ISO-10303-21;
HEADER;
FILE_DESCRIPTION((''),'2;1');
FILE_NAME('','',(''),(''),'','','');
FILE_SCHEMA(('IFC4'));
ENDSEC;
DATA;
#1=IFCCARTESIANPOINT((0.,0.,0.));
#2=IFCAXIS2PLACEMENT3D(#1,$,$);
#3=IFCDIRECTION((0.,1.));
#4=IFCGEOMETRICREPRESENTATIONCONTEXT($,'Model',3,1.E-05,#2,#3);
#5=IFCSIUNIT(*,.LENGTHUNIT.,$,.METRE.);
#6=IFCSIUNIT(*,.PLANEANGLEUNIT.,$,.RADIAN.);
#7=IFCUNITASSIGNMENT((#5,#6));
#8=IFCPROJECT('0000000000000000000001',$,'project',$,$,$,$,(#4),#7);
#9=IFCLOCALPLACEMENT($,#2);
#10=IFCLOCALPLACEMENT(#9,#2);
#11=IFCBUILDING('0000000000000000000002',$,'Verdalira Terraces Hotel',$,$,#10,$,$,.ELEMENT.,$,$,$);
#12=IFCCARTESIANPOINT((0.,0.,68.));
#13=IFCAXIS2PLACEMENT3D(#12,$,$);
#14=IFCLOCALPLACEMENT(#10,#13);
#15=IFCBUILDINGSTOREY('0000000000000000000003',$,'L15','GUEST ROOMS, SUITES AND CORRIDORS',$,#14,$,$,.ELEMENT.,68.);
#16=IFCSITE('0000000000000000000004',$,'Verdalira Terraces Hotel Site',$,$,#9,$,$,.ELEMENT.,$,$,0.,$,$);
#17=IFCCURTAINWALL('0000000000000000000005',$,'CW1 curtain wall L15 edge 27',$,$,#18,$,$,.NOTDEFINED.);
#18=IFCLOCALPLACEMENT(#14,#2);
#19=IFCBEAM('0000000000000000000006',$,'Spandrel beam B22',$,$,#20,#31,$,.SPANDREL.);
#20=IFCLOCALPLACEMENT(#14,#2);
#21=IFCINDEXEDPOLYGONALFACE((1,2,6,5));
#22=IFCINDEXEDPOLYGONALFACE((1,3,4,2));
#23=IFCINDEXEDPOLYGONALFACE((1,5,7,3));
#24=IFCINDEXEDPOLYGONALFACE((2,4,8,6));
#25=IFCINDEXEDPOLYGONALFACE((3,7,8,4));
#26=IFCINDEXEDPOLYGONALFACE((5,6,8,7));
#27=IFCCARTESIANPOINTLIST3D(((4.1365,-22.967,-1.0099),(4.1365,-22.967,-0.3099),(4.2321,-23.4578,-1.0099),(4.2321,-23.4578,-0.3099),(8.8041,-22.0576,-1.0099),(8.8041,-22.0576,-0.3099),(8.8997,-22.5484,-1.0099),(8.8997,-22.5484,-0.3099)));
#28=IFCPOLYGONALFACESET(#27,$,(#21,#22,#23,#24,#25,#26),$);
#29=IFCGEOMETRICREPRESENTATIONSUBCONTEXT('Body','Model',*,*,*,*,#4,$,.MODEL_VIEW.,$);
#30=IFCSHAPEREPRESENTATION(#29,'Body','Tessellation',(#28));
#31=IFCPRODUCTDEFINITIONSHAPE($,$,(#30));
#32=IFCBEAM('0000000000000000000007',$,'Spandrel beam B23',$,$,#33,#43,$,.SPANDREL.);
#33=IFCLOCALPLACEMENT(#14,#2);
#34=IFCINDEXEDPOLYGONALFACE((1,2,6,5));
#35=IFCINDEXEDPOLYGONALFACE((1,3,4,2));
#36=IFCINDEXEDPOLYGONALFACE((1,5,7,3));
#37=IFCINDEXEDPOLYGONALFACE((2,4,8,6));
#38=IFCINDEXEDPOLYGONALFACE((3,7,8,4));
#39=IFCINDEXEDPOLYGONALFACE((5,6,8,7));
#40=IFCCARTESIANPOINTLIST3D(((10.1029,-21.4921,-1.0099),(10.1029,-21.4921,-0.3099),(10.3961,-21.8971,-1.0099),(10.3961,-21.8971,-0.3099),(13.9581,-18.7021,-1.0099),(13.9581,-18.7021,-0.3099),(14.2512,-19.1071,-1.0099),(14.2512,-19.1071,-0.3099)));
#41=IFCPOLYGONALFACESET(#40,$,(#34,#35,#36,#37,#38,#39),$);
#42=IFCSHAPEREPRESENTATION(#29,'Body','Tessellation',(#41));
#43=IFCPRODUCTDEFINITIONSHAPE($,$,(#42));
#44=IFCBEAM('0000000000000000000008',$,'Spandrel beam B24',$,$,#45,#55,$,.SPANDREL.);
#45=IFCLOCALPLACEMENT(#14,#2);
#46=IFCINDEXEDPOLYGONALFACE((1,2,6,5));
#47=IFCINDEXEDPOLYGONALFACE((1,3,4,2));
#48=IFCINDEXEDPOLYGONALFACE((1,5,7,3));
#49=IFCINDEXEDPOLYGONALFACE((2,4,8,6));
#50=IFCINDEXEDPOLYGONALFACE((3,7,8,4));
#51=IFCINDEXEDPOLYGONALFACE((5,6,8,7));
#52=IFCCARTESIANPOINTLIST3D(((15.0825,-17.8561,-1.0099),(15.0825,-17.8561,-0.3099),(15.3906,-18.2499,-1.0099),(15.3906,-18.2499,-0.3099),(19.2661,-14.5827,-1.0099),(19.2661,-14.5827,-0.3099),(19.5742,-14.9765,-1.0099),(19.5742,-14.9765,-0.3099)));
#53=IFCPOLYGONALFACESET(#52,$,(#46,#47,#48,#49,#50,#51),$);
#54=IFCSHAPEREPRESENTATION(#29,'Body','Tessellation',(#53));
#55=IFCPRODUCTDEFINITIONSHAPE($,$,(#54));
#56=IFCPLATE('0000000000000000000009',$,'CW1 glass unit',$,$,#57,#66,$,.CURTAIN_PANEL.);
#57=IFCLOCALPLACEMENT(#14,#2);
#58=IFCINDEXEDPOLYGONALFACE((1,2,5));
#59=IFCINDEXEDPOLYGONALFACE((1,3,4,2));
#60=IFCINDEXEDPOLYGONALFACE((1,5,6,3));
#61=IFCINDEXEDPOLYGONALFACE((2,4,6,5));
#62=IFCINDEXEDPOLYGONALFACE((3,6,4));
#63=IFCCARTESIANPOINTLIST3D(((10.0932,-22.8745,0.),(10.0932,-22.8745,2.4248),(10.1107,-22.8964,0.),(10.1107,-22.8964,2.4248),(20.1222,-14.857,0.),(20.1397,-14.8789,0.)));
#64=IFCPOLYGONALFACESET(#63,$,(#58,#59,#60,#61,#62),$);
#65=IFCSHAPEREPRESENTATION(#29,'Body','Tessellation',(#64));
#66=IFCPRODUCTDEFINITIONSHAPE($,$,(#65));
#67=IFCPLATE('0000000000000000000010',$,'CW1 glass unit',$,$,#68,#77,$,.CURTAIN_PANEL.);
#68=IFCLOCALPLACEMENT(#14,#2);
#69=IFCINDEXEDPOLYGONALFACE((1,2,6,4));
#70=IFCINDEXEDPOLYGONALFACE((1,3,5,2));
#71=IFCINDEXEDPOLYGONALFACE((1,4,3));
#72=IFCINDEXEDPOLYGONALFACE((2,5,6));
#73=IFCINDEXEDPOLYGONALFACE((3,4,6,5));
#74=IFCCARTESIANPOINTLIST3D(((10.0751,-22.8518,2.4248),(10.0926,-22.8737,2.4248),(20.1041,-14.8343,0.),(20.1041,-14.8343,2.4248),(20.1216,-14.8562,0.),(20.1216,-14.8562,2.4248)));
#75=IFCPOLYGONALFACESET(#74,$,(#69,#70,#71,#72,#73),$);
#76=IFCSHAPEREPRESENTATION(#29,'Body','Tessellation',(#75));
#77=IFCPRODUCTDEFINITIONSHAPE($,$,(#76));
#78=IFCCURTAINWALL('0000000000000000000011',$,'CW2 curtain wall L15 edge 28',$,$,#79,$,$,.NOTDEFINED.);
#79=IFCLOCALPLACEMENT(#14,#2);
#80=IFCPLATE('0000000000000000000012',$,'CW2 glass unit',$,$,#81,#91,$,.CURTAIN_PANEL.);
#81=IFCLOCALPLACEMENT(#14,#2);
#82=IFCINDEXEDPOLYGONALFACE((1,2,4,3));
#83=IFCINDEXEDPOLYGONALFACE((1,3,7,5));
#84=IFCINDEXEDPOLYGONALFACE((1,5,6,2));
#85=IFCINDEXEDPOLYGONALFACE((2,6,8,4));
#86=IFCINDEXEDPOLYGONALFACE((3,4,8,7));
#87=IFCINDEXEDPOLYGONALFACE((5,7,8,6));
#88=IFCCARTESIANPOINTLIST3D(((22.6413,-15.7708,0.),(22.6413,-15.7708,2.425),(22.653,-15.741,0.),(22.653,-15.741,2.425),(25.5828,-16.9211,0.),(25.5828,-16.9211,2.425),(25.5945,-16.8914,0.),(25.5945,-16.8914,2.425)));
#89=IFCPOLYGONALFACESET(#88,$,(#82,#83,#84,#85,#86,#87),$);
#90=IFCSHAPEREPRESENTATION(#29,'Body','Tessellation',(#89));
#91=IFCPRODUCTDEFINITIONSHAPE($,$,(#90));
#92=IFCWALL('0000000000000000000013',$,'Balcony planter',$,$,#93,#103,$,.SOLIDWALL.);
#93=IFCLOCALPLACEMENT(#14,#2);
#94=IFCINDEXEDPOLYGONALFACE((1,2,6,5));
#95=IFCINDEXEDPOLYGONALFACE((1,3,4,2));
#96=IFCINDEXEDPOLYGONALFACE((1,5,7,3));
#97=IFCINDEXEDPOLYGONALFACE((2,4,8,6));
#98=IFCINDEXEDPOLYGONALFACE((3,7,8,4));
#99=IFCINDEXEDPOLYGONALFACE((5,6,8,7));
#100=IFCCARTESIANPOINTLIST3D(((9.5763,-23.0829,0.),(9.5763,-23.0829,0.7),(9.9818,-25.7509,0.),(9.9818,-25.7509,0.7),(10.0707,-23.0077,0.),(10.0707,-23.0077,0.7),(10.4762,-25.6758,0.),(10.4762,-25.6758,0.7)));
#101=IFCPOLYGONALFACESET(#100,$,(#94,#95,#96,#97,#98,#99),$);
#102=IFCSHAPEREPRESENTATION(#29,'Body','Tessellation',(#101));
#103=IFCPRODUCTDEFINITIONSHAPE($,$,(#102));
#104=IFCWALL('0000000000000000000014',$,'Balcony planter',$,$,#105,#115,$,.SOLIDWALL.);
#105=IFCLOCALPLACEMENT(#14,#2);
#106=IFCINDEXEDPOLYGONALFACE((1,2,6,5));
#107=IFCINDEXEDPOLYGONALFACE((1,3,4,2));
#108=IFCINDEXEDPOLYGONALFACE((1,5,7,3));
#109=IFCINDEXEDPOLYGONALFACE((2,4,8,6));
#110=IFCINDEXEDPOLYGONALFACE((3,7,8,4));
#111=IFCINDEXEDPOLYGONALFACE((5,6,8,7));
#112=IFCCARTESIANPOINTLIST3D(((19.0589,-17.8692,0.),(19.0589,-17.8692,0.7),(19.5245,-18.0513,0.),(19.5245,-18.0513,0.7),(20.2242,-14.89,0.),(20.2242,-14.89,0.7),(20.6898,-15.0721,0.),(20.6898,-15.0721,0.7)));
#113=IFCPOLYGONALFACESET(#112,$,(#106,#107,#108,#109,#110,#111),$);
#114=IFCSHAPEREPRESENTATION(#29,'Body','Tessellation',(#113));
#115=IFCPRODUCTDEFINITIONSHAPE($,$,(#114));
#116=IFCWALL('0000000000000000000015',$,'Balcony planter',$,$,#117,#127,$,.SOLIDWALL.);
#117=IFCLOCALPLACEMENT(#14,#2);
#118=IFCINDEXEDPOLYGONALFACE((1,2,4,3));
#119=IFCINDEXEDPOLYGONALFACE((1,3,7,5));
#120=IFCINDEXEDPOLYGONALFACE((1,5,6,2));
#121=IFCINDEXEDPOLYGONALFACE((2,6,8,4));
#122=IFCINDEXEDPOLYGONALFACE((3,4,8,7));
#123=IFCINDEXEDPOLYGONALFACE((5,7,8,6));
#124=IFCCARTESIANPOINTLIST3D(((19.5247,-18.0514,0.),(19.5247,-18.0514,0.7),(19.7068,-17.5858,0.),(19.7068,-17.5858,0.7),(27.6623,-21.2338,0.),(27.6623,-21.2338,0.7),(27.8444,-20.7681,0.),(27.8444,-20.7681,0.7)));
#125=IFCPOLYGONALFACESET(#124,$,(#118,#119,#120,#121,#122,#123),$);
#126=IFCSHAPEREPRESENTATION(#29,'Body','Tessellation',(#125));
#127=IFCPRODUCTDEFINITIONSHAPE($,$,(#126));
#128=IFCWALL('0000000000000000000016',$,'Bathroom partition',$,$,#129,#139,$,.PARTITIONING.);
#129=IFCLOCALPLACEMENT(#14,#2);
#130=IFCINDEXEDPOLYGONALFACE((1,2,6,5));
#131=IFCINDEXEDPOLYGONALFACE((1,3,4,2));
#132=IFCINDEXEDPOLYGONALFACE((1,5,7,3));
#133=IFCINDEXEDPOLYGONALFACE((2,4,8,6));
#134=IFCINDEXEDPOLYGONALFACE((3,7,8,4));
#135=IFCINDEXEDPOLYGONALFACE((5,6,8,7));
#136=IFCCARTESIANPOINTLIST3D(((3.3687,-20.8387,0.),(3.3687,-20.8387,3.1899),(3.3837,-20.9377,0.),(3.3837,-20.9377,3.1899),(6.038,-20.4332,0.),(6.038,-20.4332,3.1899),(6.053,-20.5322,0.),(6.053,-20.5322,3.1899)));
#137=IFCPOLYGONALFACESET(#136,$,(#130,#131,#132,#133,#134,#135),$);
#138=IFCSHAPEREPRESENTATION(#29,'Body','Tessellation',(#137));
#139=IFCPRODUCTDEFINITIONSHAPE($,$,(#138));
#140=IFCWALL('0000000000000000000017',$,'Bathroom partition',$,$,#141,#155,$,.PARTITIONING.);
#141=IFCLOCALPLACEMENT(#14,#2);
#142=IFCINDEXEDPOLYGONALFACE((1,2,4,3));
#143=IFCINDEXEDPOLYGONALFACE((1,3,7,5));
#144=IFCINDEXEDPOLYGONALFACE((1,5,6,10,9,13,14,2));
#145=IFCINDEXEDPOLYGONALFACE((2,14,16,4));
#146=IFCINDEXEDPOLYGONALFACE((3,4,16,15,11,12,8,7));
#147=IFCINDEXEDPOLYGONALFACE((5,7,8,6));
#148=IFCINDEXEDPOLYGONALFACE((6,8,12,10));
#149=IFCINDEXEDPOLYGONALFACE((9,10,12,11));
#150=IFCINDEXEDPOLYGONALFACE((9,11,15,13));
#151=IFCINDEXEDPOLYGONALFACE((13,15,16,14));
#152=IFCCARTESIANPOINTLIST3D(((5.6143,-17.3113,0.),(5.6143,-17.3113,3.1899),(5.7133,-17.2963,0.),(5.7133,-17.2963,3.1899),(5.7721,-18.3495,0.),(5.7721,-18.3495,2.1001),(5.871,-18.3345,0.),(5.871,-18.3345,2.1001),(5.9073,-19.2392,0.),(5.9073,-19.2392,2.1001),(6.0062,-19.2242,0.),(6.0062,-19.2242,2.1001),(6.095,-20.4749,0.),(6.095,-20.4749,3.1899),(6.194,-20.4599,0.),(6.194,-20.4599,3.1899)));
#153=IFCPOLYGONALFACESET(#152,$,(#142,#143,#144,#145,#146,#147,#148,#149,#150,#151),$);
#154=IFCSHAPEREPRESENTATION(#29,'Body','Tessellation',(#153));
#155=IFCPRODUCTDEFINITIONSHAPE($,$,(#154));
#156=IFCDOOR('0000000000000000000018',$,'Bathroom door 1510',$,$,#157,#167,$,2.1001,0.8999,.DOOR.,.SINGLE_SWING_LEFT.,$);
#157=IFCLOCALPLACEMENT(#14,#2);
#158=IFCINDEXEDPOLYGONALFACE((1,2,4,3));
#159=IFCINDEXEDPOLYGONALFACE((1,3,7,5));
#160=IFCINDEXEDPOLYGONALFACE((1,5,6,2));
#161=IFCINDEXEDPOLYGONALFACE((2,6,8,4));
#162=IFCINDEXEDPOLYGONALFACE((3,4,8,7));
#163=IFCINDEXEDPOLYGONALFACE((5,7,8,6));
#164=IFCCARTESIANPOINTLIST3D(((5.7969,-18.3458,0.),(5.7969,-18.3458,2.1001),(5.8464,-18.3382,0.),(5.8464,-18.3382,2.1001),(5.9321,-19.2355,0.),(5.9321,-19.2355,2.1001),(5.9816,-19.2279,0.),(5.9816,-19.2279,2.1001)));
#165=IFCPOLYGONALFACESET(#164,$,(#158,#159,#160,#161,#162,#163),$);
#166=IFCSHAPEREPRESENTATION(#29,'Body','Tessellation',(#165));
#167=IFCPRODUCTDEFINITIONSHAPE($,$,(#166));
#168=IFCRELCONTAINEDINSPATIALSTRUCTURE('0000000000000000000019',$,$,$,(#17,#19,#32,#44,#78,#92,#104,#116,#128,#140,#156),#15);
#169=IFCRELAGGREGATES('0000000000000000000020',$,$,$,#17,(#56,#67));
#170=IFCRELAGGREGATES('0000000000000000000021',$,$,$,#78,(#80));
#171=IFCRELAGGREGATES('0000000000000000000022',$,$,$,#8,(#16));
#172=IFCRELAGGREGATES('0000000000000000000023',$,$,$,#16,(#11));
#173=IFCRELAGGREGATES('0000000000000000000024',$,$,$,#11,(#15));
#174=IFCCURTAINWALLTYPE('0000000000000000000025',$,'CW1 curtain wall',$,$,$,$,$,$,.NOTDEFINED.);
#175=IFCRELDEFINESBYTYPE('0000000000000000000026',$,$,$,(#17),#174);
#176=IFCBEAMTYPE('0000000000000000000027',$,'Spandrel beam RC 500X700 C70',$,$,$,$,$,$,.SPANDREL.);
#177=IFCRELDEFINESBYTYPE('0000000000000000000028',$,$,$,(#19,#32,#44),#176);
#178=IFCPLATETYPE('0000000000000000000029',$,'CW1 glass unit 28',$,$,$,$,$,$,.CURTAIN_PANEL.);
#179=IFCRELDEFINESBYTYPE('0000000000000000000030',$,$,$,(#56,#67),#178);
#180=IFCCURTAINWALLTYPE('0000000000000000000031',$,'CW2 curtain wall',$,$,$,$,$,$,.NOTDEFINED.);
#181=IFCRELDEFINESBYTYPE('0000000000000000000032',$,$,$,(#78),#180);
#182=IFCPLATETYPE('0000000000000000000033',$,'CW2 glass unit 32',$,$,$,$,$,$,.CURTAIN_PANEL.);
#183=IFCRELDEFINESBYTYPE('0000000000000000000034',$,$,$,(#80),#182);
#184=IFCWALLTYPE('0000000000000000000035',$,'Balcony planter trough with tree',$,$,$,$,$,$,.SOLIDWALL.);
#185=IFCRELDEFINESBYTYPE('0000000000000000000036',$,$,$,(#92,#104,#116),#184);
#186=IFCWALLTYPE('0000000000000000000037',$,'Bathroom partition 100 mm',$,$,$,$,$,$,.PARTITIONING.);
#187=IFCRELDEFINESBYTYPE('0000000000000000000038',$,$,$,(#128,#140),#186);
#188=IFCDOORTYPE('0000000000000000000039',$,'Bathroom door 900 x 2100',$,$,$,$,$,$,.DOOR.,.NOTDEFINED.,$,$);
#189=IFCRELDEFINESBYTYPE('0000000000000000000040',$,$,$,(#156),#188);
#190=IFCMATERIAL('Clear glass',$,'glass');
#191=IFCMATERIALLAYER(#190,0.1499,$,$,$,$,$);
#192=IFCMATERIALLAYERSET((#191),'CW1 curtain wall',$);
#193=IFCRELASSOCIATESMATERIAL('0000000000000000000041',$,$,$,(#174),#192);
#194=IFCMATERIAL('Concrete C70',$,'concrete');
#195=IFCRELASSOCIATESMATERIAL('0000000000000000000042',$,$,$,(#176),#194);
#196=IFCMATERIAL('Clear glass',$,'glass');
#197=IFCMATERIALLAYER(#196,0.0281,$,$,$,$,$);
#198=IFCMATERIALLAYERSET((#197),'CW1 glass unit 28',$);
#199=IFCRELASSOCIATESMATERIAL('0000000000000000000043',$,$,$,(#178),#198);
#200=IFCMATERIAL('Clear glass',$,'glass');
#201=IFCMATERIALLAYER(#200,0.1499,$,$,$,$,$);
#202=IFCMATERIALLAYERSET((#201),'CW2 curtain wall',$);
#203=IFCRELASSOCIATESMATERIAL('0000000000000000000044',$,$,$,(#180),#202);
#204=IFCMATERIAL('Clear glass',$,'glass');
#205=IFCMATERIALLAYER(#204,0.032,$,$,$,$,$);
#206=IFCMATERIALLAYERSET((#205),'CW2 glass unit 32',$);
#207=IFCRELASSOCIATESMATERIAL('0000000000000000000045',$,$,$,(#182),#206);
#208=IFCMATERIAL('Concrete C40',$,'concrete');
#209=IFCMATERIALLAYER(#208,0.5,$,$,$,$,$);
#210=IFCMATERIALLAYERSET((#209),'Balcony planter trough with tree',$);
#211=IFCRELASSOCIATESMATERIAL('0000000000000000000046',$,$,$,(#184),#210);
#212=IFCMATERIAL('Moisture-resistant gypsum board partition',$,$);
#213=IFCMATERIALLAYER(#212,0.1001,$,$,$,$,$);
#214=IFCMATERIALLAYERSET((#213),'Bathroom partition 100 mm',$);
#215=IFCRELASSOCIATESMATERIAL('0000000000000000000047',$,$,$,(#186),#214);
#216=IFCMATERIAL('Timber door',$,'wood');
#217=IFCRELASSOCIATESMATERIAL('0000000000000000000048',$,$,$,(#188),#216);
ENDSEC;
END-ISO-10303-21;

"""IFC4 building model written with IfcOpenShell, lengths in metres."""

from ifc_helpers import new_model, si_unit, direction, frame, frame_2d, origin, origin_2d, place, context, subcontext, project, spatial, polyline, rectangle, outline, extrude, material, layer, layer_set, material_profile, profile_set, type_object, element, fill, aggregate, save


model = new_model("IFC4")

# Units and contexts
model_context = context("Model", 3, precision=1e-05, world=origin(), true_north=direction((0.0, 1.0)))
body_context = subcontext(model_context, "Body", "Model", "MODEL_VIEW")
ifc_project = project(units=[si_unit("LENGTHUNIT", "METRE"), si_unit("PLANEANGLEUNIT", "RADIAN")], contexts=[model_context])

# Site, building, storey
site_placement = place(None, origin())
site = spatial("IfcSite", under=ifc_project, at=site_placement, Name="Verdalira Terraces Hotel Site", CompositionType="ELEMENT", RefElevation=0.0)
building_placement = place(site_placement, origin())
building = spatial("IfcBuilding", under=site, at=building_placement, Name="Verdalira Terraces Hotel", CompositionType="ELEMENT")
storey_placement = place(building_placement, frame((0.0, 0.0, 68.0)))
storey = spatial("IfcBuildingStorey", under=building, at=storey_placement, Name="L15", Description="GUEST ROOMS, SUITES AND CORRIDORS", CompositionType="ELEMENT", Elevation=68.0)

# Shared definitions
ifc_material_1 = material(Name="Clear glass", Category="glass")
ifc_layer_1 = layer(ifc_material_1, 0.1499)
ifc_layer_set_1 = layer_set([ifc_layer_1], Name="CW1 curtain wall")
curtain_wall_type_1 = type_object("IfcCurtainWallType", Name="CW1 curtain wall", PredefinedType="NOTDEFINED", material=ifc_layer_set_1)

# Curtain wall
curtain_wall_1_placement = place(storey_placement, origin())
curtain_wall_1 = element("IfcCurtainWall", 1, at=curtain_wall_1_placement, inside=storey, type_object=curtain_wall_type_1, Name="CW1 curtain wall L15 edge 27", PredefinedType="NOTDEFINED")

# Beams
ifc_material_2 = material(Name="Concrete C70", Category="concrete")
ifc_material_profile_1 = material_profile(ifc_material_2, rectangle(XDim=0.5, YDim=0.7, at=origin_2d()), Name="RC 500X700")
ifc_profile_set_1 = profile_set([ifc_material_profile_1], Name="Concrete C70")
beam_type_1 = type_object("IfcBeamType", Name="Spandrel beam RC 500X700 C70", PredefinedType="SPANDREL", material=ifc_profile_set_1)
beam_1_placement = place(storey_placement, frame((4.1843, -23.2124, -0.6599), z_axis=(0.981544, 0.191237, 0.0), x_axis=(-0.191237, 0.981544, 0.0)))
element("IfcBeam", 2, at=beam_1_placement, inside=storey, type_object=beam_type_1, Name="Spandrel beam B22", PredefinedType="SPANDREL", context=body_context, shape_type="SweptSolid", body=[
    extrude(rectangle(XDim=0.5, YDim=0.7, at=origin_2d()), origin(), (0.0, 0.0, 1.0), 4.7554),
])
beam_2_placement = place(storey_placement, frame((10.2495, -21.6946, -0.6599), z_axis=(0.810109, 0.586279, 0.0), x_axis=(-0.586279, 0.810109, 0.0)))
element("IfcBeam", 3, at=beam_2_placement, inside=storey, type_object=beam_type_1, Name="Spandrel beam B23", PredefinedType="SPANDREL", context=body_context, shape_type="SweptSolid", body=[
    extrude(rectangle(XDim=0.5, YDim=0.7, at=origin_2d()), origin(), (0.0, 0.0, 1.0), 4.7588),
])
beam_3_placement = place(storey_placement, frame((15.2366, -18.053, -0.6599), z_axis=(0.787567, 0.616229, 0.0), x_axis=(-0.616229, 0.787567, 0.0)))
element("IfcBeam", 4, at=beam_3_placement, inside=storey, type_object=beam_type_1, Name="Spandrel beam B24", PredefinedType="SPANDREL", context=body_context, shape_type="SweptSolid", body=[
    extrude(rectangle(XDim=0.5, YDim=0.7, at=origin_2d()), origin(), (0.0, 0.0, 1.0), 5.312),
])

# Plates
ifc_material_3 = material(Name="Clear glass", Category="glass")
ifc_layer_2 = layer(ifc_material_3, 0.0281)
ifc_layer_set_2 = layer_set([ifc_layer_2], Name="CW1 glass unit 28")
plate_type_1 = type_object("IfcPlateType", Name="CW1 glass unit 28", PredefinedType="CURTAIN_PANEL", material=ifc_layer_set_2)
plate_1_placement = place(storey_placement, frame((15.1077, -18.8657, 1.2124), z_axis=(0.624425, -0.781085, 0.0), x_axis=(0.781085, 0.624425, 0.0)))
plate_1 = element("IfcPlate", 5, at=plate_1_placement, type_object=plate_type_1, Name="CW1 glass unit", PredefinedType="CURTAIN_PANEL", context=body_context, shape_type="SweptSolid", body=[
    extrude(outline(polyline([(-6.4199, -1.2124), (6.4199, -1.2124), (-6.4199, 1.2124), (-6.4199, -1.2124)])), origin(), (0.0, 0.0, 1.0), 0.0281),
])
plate_2_placement = place(storey_placement, frame((15.0896, -18.843, 1.2124), z_axis=(0.624425, -0.781085, 0.0), x_axis=(0.781085, 0.624425, 0.0)))
plate_2 = element("IfcPlate", 6, at=plate_2_placement, type_object=plate_type_1, Name="CW1 glass unit", PredefinedType="CURTAIN_PANEL", context=body_context, shape_type="SweptSolid", body=[
    extrude(outline(polyline([(6.4199, -1.2124), (6.4199, 1.2124), (-6.4199, 1.2124), (6.4199, -1.2124)])), origin(), (0.0, 0.0, 1.0), 0.0281),
])
aggregate(curtain_wall_1, [plate_1, plate_2])

# Curtain wall, plate
ifc_material_4 = material(Name="Clear glass", Category="glass")
ifc_layer_3 = layer(ifc_material_4, 0.1499)
ifc_layer_set_3 = layer_set([ifc_layer_3], Name="CW2 curtain wall")
curtain_wall_type_2 = type_object("IfcCurtainWallType", Name="CW2 curtain wall", PredefinedType="NOTDEFINED", material=ifc_layer_set_3)
curtain_wall_2_placement = place(storey_placement, origin())
curtain_wall_2 = element("IfcCurtainWall", 7, at=curtain_wall_2_placement, inside=storey, type_object=curtain_wall_type_2, Name="CW2 curtain wall L15 edge 28", PredefinedType="NOTDEFINED")
ifc_material_5 = material(Name="Clear glass", Category="glass")
ifc_layer_4 = layer(ifc_material_5, 0.032)
ifc_layer_set_4 = layer_set([ifc_layer_4], Name="CW2 glass unit 32")
plate_type_2 = type_object("IfcPlateType", Name="CW2 glass unit 32", PredefinedType="CURTAIN_PANEL", material=ifc_layer_set_4)
plate_3_placement = place(storey_placement, frame((24.1179, -16.3311, 0.0), z_axis=(0.0, 0.0, 1.0), x_axis=(0.93131, -0.364227, 0.0)))
plate_3 = element("IfcPlate", 8, at=plate_3_placement, type_object=plate_type_2, Name="CW2 glass unit", PredefinedType="CURTAIN_PANEL", context=body_context, shape_type="SweptSolid", body=[
    extrude(rectangle(XDim=3.1584, YDim=0.032, at=origin_2d()), origin(), (0.0, 0.0, 1.0), 2.425),
])
aggregate(curtain_wall_2, [plate_3])

# Walls
ifc_material_6 = material(Name="Concrete C40", Category="concrete")
ifc_layer_5 = layer(ifc_material_6, 0.5)
ifc_layer_set_5 = layer_set([ifc_layer_5], Name="Balcony planter trough with tree")
wall_type_1 = type_object("IfcWallType", Name="Balcony planter trough with tree", PredefinedType="SOLIDWALL", material=ifc_layer_set_5)
wall_1_placement = place(storey_placement, frame((10.229, -25.7134, 0.0), z_axis=(0.0, 0.0, 1.0), x_axis=(-0.150256, 0.988647, 0.0)))
element("IfcWall", 9, at=wall_1_placement, inside=storey, type_object=wall_type_1, Name="Balcony planter", PredefinedType="SOLIDWALL", context=body_context, shape_type="SweptSolid", body=[
    extrude(rectangle(XDim=2.6987, YDim=0.5, at=frame_2d((1.3494, 0.0))), origin(), (0.0, 0.0, 1.0), 0.7),
])
wall_2_placement = place(storey_placement, frame((20.457, -14.981, 0.0), z_axis=(0.0, 0.0, 1.0), x_axis=(-0.364261, -0.931297, 0.0)))
element("IfcWall", 10, at=wall_2_placement, inside=storey, type_object=wall_type_1, Name="Balcony planter", PredefinedType="SOLIDWALL", context=body_context, shape_type="SweptSolid", body=[
    extrude(rectangle(XDim=3.199, YDim=0.5, at=frame_2d((1.5996, 0.0))), origin(), (0.0, 0.0, 1.0), 0.7),
])
wall_3_placement = place(storey_placement, frame((19.6157, -17.8186, 0.0), z_axis=(0.0, 0.0, 1.0), x_axis=(0.931318, -0.364207, 0.0)))
element("IfcWall", 11, at=wall_3_placement, inside=storey, type_object=wall_type_1, Name="Balcony planter", PredefinedType="SOLIDWALL", context=body_context, shape_type="SweptSolid", body=[
    extrude(rectangle(XDim=8.7378, YDim=0.5, at=frame_2d((4.3689, 0.0))), origin(), (0.0, 0.0, 1.0), 0.7),
])
ifc_material_7 = material(Name="Moisture-resistant gypsum board partition")
ifc_layer_6 = layer(ifc_material_7, 0.1001)
ifc_layer_set_6 = layer_set([ifc_layer_6], Name="Bathroom partition 100 mm")
wall_type_2 = type_object("IfcWallType", Name="Bathroom partition 100 mm", PredefinedType="PARTITIONING", material=ifc_layer_set_6)
wall_4_placement = place(storey_placement, frame((6.0457, -20.4827, 0.0), z_axis=(0.0, 0.0, 1.0), x_axis=(-0.988657, -0.150188, 0.0)))
element("IfcWall", 12, at=wall_4_placement, inside=storey, type_object=wall_type_2, Name="Bathroom partition", PredefinedType="PARTITIONING", context=body_context, shape_type="SweptSolid", body=[
    extrude(rectangle(XDim=2.7, YDim=0.1001, at=frame_2d((1.3501, 0.0))), origin(), (0.0, 0.0, 1.0), 3.1899),
])

# Wall, opening, door
wall_5_placement = place(storey_placement, frame((6.1445, -20.4675, 0.0), z_axis=(0.0, 0.0, 1.0), x_axis=(-0.150228, 0.988651, 0.0)))
wall_5 = element("IfcWall", 13, at=wall_5_placement, inside=storey, type_object=wall_type_2, Name="Bathroom partition", PredefinedType="PARTITIONING", context=body_context, shape_type="SweptSolid", body=[
    extrude(rectangle(XDim=3.2, YDim=0.1001, at=frame_2d((1.6001, 0.0))), origin(), (0.0, 0.0, 1.0), 3.1899),
])
opening_1_placement = place(wall_5_placement, frame((1.25, 0.0, 0.0)))
opening_1 = element("IfcOpeningElement", 14, at=opening_1_placement, cuts=wall_5, PredefinedType="OPENING", context=body_context, shape_type="SweptSolid", body=[
    extrude(rectangle(XDim=0.8999, YDim=2.1001, at=frame_2d((0.45, 1.05))), frame((0.0, 0.0601, 0.0), z_axis=(0.0, -1.0, 0.0), x_axis=(1.0, 0.0, 0.0)), (0.0, 0.0, 1.0), 0.1201),
])
ifc_material_8 = material(Name="Timber door", Category="wood")
door_type_1 = type_object("IfcDoorType", Name="Bathroom door 900 x 2100", OperationType="NOTDEFINED", PredefinedType="DOOR", material=ifc_material_8)
door_1_placement = place(opening_1_placement, origin())
door_1 = element("IfcDoor", 15, at=door_1_placement, inside=storey, type_object=door_type_1, Name="Bathroom door 1510", OperationType="SINGLE_SWING_LEFT", OverallHeight=2.1001, OverallWidth=0.8999, PredefinedType="DOOR", context=body_context, shape_type="SweptSolid", body=[
    extrude(rectangle(XDim=0.8999, YDim=2.1001, at=frame_2d((0.45, 1.05))), frame((0.0, 0.0249, 0.0), z_axis=(0.0, -1.0, 0.0), x_axis=(1.0, 0.0, 0.0)), (0.0, 0.0, 1.0), 0.05),
])
fill(opening_1, door_1)

save(model, "model.ifc")
